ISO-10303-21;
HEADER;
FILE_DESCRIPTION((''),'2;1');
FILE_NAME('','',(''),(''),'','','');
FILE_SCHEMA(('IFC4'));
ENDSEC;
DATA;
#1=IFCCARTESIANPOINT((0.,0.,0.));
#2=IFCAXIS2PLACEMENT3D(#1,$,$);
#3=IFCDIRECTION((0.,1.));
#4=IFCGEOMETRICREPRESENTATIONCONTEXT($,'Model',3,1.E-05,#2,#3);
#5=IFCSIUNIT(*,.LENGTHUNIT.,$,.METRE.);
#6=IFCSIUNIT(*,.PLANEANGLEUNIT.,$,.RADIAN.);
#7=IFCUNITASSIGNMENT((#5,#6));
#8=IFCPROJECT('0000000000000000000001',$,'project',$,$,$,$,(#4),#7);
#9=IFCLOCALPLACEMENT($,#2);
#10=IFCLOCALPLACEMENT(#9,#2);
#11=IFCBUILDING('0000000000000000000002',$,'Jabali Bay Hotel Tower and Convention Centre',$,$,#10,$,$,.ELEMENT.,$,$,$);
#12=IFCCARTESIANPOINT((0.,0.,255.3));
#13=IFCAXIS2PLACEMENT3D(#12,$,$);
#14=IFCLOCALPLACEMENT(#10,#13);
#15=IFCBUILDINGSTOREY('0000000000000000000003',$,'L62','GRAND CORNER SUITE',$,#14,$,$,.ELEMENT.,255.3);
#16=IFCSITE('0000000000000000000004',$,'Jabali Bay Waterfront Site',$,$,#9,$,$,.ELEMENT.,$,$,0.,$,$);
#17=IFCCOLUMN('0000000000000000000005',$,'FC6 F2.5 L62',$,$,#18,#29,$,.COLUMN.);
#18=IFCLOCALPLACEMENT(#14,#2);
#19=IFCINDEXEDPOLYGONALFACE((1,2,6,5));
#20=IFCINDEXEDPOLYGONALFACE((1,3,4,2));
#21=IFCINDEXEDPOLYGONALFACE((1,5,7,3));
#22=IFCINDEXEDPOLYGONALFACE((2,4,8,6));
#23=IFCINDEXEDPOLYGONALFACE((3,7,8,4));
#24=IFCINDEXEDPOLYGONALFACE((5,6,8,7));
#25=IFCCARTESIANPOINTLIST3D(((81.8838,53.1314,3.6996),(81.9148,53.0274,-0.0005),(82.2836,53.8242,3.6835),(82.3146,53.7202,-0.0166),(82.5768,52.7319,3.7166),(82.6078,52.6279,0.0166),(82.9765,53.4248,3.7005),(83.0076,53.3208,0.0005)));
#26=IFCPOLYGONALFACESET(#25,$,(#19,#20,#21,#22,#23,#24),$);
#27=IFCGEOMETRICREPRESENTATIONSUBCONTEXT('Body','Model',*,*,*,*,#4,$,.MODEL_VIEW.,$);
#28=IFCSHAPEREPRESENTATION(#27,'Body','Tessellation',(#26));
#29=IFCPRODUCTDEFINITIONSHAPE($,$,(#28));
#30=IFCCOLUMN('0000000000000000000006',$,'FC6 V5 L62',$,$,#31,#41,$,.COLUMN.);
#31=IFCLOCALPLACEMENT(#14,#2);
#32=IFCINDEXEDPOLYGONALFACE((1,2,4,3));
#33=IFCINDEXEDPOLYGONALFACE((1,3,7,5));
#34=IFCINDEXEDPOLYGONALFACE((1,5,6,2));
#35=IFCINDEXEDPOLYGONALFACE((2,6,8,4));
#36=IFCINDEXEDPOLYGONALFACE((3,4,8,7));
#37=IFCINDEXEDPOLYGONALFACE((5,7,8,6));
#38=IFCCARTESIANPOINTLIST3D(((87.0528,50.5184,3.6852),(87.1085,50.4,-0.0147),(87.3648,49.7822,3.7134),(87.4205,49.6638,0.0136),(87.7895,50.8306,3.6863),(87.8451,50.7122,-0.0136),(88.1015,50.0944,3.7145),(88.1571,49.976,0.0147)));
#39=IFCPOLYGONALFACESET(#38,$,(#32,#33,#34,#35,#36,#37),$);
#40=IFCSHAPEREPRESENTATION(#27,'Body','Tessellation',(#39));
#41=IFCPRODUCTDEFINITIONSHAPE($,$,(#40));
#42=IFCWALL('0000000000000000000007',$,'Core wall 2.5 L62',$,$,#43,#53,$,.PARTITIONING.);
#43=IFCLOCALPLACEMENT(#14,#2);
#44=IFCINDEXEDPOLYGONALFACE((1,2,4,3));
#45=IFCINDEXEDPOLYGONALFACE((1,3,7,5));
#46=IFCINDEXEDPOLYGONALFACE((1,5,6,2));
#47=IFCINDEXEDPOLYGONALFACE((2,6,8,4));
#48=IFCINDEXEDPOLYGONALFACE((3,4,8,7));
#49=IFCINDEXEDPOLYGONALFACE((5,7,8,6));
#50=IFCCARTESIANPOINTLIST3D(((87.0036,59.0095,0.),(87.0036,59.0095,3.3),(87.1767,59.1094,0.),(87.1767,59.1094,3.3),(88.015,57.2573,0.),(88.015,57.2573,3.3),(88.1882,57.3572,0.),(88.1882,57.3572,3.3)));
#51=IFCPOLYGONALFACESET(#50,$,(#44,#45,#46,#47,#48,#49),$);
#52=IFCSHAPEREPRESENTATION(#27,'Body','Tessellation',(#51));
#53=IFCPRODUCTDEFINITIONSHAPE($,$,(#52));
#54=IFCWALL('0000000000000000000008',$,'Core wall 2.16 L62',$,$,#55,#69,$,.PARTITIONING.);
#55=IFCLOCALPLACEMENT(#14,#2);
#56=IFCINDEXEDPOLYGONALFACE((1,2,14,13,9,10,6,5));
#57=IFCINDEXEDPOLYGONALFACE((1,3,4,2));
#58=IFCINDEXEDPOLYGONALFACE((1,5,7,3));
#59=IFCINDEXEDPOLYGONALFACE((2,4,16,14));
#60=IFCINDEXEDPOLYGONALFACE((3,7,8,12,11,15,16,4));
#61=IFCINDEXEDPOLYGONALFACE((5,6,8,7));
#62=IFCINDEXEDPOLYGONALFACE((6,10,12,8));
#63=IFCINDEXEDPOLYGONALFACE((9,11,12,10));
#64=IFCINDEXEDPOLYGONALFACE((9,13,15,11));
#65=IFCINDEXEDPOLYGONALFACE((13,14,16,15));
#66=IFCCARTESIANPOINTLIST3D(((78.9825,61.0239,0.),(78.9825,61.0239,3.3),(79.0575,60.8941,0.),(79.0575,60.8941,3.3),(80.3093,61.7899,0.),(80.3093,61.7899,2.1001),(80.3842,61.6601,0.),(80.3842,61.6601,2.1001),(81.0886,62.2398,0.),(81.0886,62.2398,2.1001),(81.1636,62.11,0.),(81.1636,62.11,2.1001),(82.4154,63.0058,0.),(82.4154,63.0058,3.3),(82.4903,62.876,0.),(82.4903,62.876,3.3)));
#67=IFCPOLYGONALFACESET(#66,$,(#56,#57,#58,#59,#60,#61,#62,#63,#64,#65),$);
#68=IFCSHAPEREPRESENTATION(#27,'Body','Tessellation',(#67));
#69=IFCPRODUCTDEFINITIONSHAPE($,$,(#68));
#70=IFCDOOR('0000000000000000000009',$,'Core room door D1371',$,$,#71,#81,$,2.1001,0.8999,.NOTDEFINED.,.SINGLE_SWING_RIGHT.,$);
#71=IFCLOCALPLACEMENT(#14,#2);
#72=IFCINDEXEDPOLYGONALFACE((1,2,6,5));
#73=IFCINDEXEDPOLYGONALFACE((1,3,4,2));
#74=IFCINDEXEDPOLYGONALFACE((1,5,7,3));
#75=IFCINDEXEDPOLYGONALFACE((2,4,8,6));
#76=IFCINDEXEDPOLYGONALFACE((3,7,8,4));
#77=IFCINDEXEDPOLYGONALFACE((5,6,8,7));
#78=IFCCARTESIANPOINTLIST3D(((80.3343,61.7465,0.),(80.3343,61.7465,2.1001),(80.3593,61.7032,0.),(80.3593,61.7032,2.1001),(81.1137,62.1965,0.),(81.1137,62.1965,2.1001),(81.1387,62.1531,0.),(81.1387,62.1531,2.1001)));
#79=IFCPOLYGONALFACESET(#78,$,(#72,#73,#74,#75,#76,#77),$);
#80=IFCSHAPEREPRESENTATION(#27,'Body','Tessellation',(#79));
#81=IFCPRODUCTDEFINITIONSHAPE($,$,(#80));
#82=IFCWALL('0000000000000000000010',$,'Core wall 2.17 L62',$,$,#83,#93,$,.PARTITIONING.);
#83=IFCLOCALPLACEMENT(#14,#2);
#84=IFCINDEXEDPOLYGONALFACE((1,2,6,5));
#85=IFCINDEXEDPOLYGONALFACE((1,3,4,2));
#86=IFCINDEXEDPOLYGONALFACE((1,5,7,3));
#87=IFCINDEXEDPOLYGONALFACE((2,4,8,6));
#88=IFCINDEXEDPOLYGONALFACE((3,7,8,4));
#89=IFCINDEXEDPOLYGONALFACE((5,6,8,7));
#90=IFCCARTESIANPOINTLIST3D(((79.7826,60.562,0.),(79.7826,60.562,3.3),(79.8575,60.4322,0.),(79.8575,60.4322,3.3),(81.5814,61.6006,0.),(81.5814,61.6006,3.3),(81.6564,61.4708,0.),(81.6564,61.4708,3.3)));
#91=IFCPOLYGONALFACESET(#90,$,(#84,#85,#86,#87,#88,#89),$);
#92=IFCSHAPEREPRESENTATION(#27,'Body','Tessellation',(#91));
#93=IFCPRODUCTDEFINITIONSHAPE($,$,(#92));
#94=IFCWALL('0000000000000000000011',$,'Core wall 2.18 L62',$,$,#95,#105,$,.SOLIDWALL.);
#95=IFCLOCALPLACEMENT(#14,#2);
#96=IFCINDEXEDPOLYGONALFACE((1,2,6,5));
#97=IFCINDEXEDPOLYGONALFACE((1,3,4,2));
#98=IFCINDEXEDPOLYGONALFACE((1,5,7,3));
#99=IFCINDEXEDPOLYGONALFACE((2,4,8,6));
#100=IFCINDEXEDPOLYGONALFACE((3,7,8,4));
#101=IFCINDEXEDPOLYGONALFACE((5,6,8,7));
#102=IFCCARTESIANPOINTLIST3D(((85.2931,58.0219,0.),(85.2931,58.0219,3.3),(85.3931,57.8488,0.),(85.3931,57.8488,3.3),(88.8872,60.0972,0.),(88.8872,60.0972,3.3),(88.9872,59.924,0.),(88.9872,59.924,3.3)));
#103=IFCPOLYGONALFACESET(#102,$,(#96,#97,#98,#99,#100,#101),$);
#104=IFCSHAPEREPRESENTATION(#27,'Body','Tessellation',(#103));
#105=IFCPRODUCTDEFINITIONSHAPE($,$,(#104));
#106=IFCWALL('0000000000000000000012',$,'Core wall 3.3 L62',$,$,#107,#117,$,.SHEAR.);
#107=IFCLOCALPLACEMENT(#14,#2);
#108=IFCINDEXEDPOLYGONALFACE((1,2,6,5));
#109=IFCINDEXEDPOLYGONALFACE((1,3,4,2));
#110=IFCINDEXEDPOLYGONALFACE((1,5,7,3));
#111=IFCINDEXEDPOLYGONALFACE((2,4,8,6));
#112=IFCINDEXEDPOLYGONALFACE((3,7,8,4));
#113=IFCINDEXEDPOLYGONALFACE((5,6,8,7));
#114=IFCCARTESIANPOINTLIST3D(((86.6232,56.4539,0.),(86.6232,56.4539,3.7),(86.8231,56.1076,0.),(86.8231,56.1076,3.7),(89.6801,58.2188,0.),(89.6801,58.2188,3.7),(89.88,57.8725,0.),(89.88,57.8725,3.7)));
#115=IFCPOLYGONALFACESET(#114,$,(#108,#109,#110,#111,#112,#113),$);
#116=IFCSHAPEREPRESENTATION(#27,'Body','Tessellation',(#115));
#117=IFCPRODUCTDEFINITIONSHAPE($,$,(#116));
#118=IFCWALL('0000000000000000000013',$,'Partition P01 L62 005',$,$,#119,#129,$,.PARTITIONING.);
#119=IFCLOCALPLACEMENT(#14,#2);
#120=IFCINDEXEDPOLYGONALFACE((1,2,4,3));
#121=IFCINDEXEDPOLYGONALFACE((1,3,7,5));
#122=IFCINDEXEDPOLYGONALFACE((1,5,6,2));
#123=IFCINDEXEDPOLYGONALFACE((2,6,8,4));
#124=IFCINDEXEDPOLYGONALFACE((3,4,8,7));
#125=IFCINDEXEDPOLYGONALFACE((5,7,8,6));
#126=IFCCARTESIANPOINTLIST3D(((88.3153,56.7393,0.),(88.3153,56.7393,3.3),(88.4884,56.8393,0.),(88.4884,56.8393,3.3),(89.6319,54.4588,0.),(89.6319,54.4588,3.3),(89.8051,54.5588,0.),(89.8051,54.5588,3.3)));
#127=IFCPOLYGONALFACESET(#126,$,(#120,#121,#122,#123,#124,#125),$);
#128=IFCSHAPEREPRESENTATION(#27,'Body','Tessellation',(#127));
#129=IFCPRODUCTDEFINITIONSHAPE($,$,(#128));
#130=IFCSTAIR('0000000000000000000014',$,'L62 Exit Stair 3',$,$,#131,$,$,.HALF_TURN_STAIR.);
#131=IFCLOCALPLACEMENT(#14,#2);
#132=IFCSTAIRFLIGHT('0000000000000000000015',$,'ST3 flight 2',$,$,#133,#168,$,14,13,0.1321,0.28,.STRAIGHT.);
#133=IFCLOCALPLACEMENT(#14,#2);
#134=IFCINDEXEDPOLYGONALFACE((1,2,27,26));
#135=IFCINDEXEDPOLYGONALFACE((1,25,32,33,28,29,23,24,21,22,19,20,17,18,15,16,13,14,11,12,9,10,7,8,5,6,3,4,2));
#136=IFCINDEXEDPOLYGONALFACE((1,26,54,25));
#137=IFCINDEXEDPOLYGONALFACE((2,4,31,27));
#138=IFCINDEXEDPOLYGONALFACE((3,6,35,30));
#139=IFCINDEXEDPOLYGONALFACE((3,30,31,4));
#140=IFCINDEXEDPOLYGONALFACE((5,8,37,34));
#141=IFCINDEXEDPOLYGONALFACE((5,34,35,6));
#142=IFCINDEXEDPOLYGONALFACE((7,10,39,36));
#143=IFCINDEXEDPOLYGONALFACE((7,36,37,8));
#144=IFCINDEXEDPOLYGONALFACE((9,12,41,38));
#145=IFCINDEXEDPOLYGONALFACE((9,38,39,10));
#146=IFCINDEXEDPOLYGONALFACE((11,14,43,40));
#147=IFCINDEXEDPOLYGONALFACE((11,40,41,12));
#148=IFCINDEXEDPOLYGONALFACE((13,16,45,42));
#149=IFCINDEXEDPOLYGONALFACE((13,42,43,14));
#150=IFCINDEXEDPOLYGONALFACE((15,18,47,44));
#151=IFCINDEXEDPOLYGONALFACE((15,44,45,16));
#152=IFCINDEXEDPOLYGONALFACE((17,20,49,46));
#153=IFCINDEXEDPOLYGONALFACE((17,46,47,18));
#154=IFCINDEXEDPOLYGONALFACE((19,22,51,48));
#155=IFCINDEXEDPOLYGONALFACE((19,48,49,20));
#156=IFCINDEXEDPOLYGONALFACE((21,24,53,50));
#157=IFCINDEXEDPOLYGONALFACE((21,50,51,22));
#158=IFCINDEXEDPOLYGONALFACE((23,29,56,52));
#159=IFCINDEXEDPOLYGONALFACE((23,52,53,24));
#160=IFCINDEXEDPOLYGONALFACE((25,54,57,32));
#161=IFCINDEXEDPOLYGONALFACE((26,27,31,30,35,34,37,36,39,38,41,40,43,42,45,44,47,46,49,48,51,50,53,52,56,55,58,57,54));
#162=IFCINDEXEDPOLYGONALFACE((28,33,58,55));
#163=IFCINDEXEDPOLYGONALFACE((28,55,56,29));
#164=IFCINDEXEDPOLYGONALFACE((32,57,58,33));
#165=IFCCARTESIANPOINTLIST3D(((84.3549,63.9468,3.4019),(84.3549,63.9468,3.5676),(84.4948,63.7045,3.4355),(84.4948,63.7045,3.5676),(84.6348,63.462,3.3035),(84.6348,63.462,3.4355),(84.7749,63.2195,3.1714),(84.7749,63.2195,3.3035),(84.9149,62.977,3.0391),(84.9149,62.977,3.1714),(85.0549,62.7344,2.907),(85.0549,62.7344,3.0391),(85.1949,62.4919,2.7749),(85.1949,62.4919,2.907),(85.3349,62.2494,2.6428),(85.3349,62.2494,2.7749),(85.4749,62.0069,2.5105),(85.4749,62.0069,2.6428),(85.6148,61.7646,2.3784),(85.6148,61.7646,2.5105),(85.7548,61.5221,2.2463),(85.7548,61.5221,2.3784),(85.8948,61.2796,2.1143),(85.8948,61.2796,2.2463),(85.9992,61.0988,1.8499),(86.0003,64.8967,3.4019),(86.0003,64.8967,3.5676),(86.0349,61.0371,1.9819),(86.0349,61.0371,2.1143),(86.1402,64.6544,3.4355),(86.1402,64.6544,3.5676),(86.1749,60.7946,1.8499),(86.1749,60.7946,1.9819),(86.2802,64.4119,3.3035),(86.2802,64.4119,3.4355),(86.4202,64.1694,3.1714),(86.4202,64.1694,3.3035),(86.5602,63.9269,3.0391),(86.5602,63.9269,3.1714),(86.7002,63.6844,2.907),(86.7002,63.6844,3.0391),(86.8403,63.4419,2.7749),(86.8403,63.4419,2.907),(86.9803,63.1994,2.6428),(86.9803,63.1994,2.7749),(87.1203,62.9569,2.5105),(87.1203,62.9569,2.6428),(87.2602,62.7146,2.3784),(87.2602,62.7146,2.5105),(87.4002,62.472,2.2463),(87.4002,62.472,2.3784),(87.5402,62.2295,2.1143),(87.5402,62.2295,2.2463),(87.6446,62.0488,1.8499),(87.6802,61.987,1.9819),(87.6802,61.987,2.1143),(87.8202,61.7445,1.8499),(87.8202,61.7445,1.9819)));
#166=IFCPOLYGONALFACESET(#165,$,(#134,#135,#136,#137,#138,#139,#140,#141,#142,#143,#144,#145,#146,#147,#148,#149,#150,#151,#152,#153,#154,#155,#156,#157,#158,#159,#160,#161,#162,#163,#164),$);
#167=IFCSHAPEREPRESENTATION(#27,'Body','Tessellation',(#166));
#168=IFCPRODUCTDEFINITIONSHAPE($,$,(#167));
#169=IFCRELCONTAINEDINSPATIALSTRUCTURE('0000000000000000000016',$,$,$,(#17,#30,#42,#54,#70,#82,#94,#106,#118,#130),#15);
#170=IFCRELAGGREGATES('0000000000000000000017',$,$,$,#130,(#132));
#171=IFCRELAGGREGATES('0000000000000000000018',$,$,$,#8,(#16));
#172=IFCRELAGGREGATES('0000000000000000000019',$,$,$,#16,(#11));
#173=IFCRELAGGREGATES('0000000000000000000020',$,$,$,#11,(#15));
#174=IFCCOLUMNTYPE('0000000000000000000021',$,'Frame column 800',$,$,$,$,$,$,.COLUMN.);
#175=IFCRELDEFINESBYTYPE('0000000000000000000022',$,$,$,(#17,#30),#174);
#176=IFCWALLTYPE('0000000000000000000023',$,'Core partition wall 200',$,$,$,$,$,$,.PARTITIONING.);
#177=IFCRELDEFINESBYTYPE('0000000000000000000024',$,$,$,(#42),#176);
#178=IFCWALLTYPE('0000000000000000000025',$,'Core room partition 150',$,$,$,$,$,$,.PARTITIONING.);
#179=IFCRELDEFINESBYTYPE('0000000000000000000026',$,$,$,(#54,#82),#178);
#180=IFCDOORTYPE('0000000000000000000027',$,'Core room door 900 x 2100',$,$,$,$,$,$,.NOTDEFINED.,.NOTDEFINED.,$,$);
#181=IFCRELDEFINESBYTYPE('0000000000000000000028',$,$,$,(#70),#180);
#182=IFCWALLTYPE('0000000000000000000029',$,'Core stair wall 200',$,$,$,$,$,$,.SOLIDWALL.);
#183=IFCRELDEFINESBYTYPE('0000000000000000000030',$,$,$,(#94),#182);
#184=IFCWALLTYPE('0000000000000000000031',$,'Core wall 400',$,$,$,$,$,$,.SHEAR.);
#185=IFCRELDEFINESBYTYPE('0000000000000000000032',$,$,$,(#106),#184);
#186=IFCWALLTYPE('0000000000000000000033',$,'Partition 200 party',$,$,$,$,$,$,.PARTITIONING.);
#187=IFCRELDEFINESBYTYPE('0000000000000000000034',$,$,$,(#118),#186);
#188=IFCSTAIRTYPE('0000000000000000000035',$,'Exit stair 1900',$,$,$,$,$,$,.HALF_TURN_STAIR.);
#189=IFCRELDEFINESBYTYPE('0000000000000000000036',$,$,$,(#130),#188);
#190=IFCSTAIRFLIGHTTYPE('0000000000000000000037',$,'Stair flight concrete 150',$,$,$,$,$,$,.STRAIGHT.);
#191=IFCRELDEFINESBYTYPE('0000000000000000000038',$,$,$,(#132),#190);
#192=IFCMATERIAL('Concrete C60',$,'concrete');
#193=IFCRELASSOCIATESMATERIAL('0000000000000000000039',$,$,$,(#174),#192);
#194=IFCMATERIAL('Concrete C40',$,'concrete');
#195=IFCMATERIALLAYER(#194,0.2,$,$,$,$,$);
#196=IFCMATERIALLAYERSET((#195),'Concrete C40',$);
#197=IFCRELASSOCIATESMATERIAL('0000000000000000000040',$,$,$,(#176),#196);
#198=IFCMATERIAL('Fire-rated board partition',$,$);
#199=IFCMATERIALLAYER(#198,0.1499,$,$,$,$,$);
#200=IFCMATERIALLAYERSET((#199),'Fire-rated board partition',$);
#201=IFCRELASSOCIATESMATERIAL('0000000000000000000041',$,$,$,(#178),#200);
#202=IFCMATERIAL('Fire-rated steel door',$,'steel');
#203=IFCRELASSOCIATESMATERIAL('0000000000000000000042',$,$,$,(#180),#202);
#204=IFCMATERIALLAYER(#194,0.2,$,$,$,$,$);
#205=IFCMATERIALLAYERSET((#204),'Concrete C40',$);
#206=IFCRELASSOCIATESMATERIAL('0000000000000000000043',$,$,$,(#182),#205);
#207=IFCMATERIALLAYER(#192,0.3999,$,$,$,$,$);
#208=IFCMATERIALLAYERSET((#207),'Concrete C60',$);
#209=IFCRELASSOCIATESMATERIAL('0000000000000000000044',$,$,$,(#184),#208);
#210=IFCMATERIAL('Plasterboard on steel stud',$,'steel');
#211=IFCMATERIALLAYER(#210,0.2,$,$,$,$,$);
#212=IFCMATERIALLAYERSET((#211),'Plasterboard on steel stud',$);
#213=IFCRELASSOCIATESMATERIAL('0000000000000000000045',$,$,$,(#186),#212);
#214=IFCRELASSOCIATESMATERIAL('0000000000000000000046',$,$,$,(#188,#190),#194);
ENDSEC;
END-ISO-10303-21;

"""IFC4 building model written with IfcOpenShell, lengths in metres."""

from ifc_helpers import new_model, si_unit, direction, frame, frame_2d, origin, origin_2d, place, context, subcontext, project, spatial, polyline, rectangle, outline, extrude, material, layer, layer_set, material_profile, profile_set, type_object, element, fill, aggregate, save


model = new_model("IFC4")

# Units and contexts
model_context = context("Model", 3, precision=1e-05, world=origin(), true_north=direction((0.0, 1.0)))
body_context = subcontext(model_context, "Body", "Model", "MODEL_VIEW")
ifc_project = project(units=[si_unit("LENGTHUNIT", "METRE"), si_unit("PLANEANGLEUNIT", "RADIAN")], contexts=[model_context])

# Site, building, storey
site_placement = place(None, origin())
site = spatial("IfcSite", under=ifc_project, at=site_placement, Name="Jabali Bay Waterfront Site", CompositionType="ELEMENT", RefElevation=0.0)
building_placement = place(site_placement, origin())
building = spatial("IfcBuilding", under=site, at=building_placement, Name="Jabali Bay Hotel Tower and Convention Centre", CompositionType="ELEMENT")
storey_placement = place(building_placement, frame((0.0, 0.0, 255.3)))
storey = spatial("IfcBuildingStorey", under=building, at=storey_placement, Name="L62", Description="GRAND CORNER SUITE", CompositionType="ELEMENT", Elevation=255.3)

# Columns
ifc_material_1 = material(Name="Concrete C60", Category="concrete")
ifc_material_profile = material_profile(ifc_material_1, rectangle(XDim=0.8, YDim=0.8, at=origin_2d()), Name="Frame column 800")
ifc_profile_set = profile_set([ifc_material_profile], Name="Concrete C60")
column_type = type_object("IfcColumnType", Name="Frame column 800", PredefinedType="COLUMN", material=ifc_profile_set)
column_1_placement = place(storey_placement, frame((82.4612, 53.1741, 0.0), z_axis=(-0.008376, 0.028097, 0.99957), x_axis=(-0.499674, -0.865979, 0.020155)))
element("IfcColumn", 1, at=column_1_placement, inside=storey, type_object=column_type, Name="FC6 F2.5 L62", PredefinedType="COLUMN", context=body_context, shape_type="SweptSolid", body=[
    extrude(rectangle(XDim=0.8, YDim=0.8, at=origin_2d()), origin(), (0.0, 0.0, 1.0), 3.7017),
])
column_2_placement = place(storey_placement, frame((87.6328, 50.188, 0.0), z_axis=(-0.015035, 0.031983, 0.999375), x_axis=(0.389971, -0.92015, 0.035314)))
element("IfcColumn", 2, at=column_2_placement, inside=storey, type_object=column_type, Name="FC6 V5 L62", PredefinedType="COLUMN", context=body_context, shape_type="SweptSolid", body=[
    extrude(rectangle(XDim=0.8, YDim=0.8, at=origin_2d()), origin(), (0.0, 0.0, 1.0), 3.7021),
])

# Wall
ifc_material_2 = material(Name="Concrete C40", Category="concrete")
ifc_layer_1 = layer(ifc_material_2, 0.2)
ifc_layer_set_1 = layer_set([ifc_layer_1], Name="Concrete C40")
wall_type_1 = type_object("IfcWallType", Name="Core partition wall 200", PredefinedType="PARTITIONING", material=ifc_layer_set_1)
wall_1_placement = place(storey_placement, frame((87.0901, 59.0596, 0.0), z_axis=(0.0, 0.0, 1.0), x_axis=(0.499942, -0.866059, 0.0)))
element("IfcWall", 3, at=wall_1_placement, inside=storey, type_object=wall_type_1, Name="Core wall 2.5 L62", PredefinedType="PARTITIONING", context=body_context, shape_type="SweptSolid", body=[
    extrude(rectangle(XDim=2.0232, YDim=0.2, at=frame_2d((1.0117, 0.0))), origin(), (0.0, 0.0, 1.0), 3.3),
])

# Wall, opening, door
ifc_material_3 = material(Name="Fire-rated board partition")
ifc_layer_2 = layer(ifc_material_3, 0.1499)
ifc_layer_set_2 = layer_set([ifc_layer_2], Name="Fire-rated board partition")
wall_type_2 = type_object("IfcWallType", Name="Core room partition 150", PredefinedType="PARTITIONING", material=ifc_layer_set_2)
wall_2_placement = place(storey_placement, frame((79.02, 60.959, 0.0), z_axis=(0.0, 0.0, 1.0), x_axis=(0.866029, 0.499994, 0.0)))
wall_2 = element("IfcWall", 4, at=wall_2_placement, inside=storey, type_object=wall_type_2, Name="Core wall 2.16 L62", PredefinedType="PARTITIONING", context=body_context, shape_type="SweptSolid", body=[
    extrude(rectangle(XDim=3.9639, YDim=0.1499, at=frame_2d((1.9819, 0.0))), origin(), (0.0, 0.0, 1.0), 3.3),
])
opening_1_placement = place(wall_2_placement, frame((1.532, 0.0, 0.0)))
opening_1 = element("IfcOpeningElement", 5, at=opening_1_placement, cuts=wall_2, PredefinedType="OPENING", context=body_context, shape_type="SweptSolid", body=[
    extrude(rectangle(XDim=0.8999, YDim=2.1001, at=frame_2d((0.45, 1.05))), frame((0.0, 0.0854, 0.0), z_axis=(0.0, -1.0, 0.0), x_axis=(1.0, 0.0, 0.0)), (0.0, 0.0, 1.0), 0.1709),
])
ifc_material_4 = material(Name="Fire-rated steel door", Category="steel")
door_type_1 = type_object("IfcDoorType", Name="Core room door 900 x 2100", OperationType="NOTDEFINED", PredefinedType="NOTDEFINED", material=ifc_material_4)
door_1_placement = place(opening_1_placement, origin())
door_1 = element("IfcDoor", 6, at=door_1_placement, inside=storey, type_object=door_type_1, Name="Core room door D1371", OperationType="SINGLE_SWING_RIGHT", OverallHeight=2.1001, OverallWidth=0.8999, PredefinedType="NOTDEFINED", context=body_context, shape_type="SweptSolid", body=[
    extrude(rectangle(XDim=0.8999, YDim=2.1001, at=frame_2d((0.45, 1.05))), frame((0.0, 0.0249, 0.0), z_axis=(0.0, -1.0, 0.0), x_axis=(1.0, 0.0, 0.0)), (0.0, 0.0, 1.0), 0.05),
])
fill(opening_1, door_1)

# Walls
wall_3_placement = place(storey_placement, frame((79.8201, 60.4971, 0.0), z_axis=(0.0, 0.0, 1.0), x_axis=(0.866021, 0.500007, 0.0)))
element("IfcWall", 7, at=wall_3_placement, inside=storey, type_object=wall_type_2, Name="Core wall 2.17 L62", PredefinedType="PARTITIONING", context=body_context, shape_type="SweptSolid", body=[
    extrude(rectangle(XDim=2.0771, YDim=0.1499, at=frame_2d((1.0386, 0.0))), origin(), (0.0, 0.0, 1.0), 3.3),
])
ifc_layer_3 = layer(ifc_material_2, 0.2)
ifc_layer_set_3 = layer_set([ifc_layer_3], Name="Concrete C40")
wall_type_3 = type_object("IfcWallType", Name="Core stair wall 200", PredefinedType="SOLIDWALL", material=ifc_layer_set_3)
wall_4_placement = place(storey_placement, frame((85.343, 57.9353, 0.0), z_axis=(0.0, 0.0, 1.0), x_axis=(0.866004, 0.500036, 0.0)))
element("IfcWall", 8, at=wall_4_placement, inside=storey, type_object=wall_type_3, Name="Core wall 2.18 L62", PredefinedType="SOLIDWALL", context=body_context, shape_type="SweptSolid", body=[
    extrude(rectangle(XDim=4.1501, YDim=0.2, at=frame_2d((2.0752, 0.0))), origin(), (0.0, 0.0, 1.0), 3.3),
])
ifc_layer_4 = layer(ifc_material_1, 0.3999)
ifc_layer_set_4 = layer_set([ifc_layer_4], Name="Concrete C60")
wall_type_4 = type_object("IfcWallType", Name="Core wall 400", PredefinedType="SHEAR", material=ifc_layer_set_4)
wall_5_placement = place(storey_placement, frame((86.7231, 56.2808, 0.0), z_axis=(0.0, 0.0, 1.0), x_axis=(0.866025, 0.5, 0.0)))
element("IfcWall", 9, at=wall_5_placement, inside=storey, type_object=wall_type_4, Name="Core wall 3.3 L62", PredefinedType="SHEAR", context=body_context, shape_type="SweptSolid", body=[
    extrude(rectangle(XDim=3.5298, YDim=0.3999, at=frame_2d((1.7649, 0.0))), origin(), (0.0, 0.0, 1.0), 3.7),
])

# Wall
ifc_material_5 = material(Name="Plasterboard on steel stud", Category="steel")
ifc_layer_5 = layer(ifc_material_5, 0.2)
ifc_layer_set_5 = layer_set([ifc_layer_5], Name="Plasterboard on steel stud")
wall_type_5 = type_object("IfcWallType", Name="Partition 200 party", PredefinedType="PARTITIONING", material=ifc_layer_set_5)
wall_6_placement = place(storey_placement, frame((88.4019, 56.7893, 0.0), z_axis=(0.0, 0.0, 1.0), x_axis=(0.499998, -0.866027, 0.0)))
element("IfcWall", 10, at=wall_6_placement, inside=storey, type_object=wall_type_5, Name="Partition P01 L62 005", PredefinedType="PARTITIONING", context=body_context, shape_type="SweptSolid", body=[
    extrude(rectangle(XDim=2.6333, YDim=0.2, at=frame_2d((1.3167, 0.0))), origin(), (0.0, 0.0, 1.0), 3.3),
])

# Stair, stair flight
stair_type = type_object("IfcStairType", Name="Exit stair 1900", PredefinedType="HALF_TURN_STAIR", material=ifc_material_2)
stair_placement = place(storey_placement, origin())
stair = element("IfcStair", 11, at=stair_placement, inside=storey, type_object=stair_type, Name="L62 Exit Stair 3", PredefinedType="HALF_TURN_STAIR")
stair_flight_type = type_object("IfcStairFlightType", Name="Stair flight concrete 150", PredefinedType="STRAIGHT", material=ifc_material_2)
stair_flight_placement = place(storey_placement, frame((86.9976, 61.2695, 1.8499), z_axis=(0.0, 0.0, 1.0), x_axis=(-0.5, 0.866025, 0.0)))
stair_flight = element("IfcStairFlight", 12, at=stair_flight_placement, type_object=stair_flight_type, Name="ST3 flight 2", NumberOfRisers=14, NumberOfTreads=13, PredefinedType="STRAIGHT", RiserHeight=0.1321, TreadLength=0.28, context=body_context, shape_type="SweptSolid", body=[
    extrude(outline(polyline([(0.0, 0.0), (0.0, 0.1321), (0.28, 0.1321), (0.28, 0.2644), (0.5601, 0.2644), (0.5601, 0.3965), (0.8401, 0.3965), (0.8401, 0.5286), (1.1201, 0.5286), (1.1201, 0.6606), (1.3999, 0.6606), (1.3999, 0.793), (1.6799, 0.793), (1.6799, 0.925), (1.96, 0.925), (1.96, 1.0571), (2.24, 1.0571), (2.24, 1.1892), (2.52, 1.1892), (2.52, 1.3215), (2.8, 1.3215), (2.8, 1.4536), (3.0801, 1.4536), (3.0801, 1.5857), (3.3601, 1.5857), (3.3601, 1.7178), (3.6399, 1.7178), (3.6399, 1.8501), (3.6399, 1.552), (0.3513, 0.0), (0.0, 0.0)])), frame((0.0, 0.95, 0.0), z_axis=(0.0, -1.0, 0.0), x_axis=(1.0, 0.0, 0.0)), (0.0, 0.0, 1.0), 1.8999),
])
aggregate(stair, [stair_flight])

save(model, "model.ifc")
